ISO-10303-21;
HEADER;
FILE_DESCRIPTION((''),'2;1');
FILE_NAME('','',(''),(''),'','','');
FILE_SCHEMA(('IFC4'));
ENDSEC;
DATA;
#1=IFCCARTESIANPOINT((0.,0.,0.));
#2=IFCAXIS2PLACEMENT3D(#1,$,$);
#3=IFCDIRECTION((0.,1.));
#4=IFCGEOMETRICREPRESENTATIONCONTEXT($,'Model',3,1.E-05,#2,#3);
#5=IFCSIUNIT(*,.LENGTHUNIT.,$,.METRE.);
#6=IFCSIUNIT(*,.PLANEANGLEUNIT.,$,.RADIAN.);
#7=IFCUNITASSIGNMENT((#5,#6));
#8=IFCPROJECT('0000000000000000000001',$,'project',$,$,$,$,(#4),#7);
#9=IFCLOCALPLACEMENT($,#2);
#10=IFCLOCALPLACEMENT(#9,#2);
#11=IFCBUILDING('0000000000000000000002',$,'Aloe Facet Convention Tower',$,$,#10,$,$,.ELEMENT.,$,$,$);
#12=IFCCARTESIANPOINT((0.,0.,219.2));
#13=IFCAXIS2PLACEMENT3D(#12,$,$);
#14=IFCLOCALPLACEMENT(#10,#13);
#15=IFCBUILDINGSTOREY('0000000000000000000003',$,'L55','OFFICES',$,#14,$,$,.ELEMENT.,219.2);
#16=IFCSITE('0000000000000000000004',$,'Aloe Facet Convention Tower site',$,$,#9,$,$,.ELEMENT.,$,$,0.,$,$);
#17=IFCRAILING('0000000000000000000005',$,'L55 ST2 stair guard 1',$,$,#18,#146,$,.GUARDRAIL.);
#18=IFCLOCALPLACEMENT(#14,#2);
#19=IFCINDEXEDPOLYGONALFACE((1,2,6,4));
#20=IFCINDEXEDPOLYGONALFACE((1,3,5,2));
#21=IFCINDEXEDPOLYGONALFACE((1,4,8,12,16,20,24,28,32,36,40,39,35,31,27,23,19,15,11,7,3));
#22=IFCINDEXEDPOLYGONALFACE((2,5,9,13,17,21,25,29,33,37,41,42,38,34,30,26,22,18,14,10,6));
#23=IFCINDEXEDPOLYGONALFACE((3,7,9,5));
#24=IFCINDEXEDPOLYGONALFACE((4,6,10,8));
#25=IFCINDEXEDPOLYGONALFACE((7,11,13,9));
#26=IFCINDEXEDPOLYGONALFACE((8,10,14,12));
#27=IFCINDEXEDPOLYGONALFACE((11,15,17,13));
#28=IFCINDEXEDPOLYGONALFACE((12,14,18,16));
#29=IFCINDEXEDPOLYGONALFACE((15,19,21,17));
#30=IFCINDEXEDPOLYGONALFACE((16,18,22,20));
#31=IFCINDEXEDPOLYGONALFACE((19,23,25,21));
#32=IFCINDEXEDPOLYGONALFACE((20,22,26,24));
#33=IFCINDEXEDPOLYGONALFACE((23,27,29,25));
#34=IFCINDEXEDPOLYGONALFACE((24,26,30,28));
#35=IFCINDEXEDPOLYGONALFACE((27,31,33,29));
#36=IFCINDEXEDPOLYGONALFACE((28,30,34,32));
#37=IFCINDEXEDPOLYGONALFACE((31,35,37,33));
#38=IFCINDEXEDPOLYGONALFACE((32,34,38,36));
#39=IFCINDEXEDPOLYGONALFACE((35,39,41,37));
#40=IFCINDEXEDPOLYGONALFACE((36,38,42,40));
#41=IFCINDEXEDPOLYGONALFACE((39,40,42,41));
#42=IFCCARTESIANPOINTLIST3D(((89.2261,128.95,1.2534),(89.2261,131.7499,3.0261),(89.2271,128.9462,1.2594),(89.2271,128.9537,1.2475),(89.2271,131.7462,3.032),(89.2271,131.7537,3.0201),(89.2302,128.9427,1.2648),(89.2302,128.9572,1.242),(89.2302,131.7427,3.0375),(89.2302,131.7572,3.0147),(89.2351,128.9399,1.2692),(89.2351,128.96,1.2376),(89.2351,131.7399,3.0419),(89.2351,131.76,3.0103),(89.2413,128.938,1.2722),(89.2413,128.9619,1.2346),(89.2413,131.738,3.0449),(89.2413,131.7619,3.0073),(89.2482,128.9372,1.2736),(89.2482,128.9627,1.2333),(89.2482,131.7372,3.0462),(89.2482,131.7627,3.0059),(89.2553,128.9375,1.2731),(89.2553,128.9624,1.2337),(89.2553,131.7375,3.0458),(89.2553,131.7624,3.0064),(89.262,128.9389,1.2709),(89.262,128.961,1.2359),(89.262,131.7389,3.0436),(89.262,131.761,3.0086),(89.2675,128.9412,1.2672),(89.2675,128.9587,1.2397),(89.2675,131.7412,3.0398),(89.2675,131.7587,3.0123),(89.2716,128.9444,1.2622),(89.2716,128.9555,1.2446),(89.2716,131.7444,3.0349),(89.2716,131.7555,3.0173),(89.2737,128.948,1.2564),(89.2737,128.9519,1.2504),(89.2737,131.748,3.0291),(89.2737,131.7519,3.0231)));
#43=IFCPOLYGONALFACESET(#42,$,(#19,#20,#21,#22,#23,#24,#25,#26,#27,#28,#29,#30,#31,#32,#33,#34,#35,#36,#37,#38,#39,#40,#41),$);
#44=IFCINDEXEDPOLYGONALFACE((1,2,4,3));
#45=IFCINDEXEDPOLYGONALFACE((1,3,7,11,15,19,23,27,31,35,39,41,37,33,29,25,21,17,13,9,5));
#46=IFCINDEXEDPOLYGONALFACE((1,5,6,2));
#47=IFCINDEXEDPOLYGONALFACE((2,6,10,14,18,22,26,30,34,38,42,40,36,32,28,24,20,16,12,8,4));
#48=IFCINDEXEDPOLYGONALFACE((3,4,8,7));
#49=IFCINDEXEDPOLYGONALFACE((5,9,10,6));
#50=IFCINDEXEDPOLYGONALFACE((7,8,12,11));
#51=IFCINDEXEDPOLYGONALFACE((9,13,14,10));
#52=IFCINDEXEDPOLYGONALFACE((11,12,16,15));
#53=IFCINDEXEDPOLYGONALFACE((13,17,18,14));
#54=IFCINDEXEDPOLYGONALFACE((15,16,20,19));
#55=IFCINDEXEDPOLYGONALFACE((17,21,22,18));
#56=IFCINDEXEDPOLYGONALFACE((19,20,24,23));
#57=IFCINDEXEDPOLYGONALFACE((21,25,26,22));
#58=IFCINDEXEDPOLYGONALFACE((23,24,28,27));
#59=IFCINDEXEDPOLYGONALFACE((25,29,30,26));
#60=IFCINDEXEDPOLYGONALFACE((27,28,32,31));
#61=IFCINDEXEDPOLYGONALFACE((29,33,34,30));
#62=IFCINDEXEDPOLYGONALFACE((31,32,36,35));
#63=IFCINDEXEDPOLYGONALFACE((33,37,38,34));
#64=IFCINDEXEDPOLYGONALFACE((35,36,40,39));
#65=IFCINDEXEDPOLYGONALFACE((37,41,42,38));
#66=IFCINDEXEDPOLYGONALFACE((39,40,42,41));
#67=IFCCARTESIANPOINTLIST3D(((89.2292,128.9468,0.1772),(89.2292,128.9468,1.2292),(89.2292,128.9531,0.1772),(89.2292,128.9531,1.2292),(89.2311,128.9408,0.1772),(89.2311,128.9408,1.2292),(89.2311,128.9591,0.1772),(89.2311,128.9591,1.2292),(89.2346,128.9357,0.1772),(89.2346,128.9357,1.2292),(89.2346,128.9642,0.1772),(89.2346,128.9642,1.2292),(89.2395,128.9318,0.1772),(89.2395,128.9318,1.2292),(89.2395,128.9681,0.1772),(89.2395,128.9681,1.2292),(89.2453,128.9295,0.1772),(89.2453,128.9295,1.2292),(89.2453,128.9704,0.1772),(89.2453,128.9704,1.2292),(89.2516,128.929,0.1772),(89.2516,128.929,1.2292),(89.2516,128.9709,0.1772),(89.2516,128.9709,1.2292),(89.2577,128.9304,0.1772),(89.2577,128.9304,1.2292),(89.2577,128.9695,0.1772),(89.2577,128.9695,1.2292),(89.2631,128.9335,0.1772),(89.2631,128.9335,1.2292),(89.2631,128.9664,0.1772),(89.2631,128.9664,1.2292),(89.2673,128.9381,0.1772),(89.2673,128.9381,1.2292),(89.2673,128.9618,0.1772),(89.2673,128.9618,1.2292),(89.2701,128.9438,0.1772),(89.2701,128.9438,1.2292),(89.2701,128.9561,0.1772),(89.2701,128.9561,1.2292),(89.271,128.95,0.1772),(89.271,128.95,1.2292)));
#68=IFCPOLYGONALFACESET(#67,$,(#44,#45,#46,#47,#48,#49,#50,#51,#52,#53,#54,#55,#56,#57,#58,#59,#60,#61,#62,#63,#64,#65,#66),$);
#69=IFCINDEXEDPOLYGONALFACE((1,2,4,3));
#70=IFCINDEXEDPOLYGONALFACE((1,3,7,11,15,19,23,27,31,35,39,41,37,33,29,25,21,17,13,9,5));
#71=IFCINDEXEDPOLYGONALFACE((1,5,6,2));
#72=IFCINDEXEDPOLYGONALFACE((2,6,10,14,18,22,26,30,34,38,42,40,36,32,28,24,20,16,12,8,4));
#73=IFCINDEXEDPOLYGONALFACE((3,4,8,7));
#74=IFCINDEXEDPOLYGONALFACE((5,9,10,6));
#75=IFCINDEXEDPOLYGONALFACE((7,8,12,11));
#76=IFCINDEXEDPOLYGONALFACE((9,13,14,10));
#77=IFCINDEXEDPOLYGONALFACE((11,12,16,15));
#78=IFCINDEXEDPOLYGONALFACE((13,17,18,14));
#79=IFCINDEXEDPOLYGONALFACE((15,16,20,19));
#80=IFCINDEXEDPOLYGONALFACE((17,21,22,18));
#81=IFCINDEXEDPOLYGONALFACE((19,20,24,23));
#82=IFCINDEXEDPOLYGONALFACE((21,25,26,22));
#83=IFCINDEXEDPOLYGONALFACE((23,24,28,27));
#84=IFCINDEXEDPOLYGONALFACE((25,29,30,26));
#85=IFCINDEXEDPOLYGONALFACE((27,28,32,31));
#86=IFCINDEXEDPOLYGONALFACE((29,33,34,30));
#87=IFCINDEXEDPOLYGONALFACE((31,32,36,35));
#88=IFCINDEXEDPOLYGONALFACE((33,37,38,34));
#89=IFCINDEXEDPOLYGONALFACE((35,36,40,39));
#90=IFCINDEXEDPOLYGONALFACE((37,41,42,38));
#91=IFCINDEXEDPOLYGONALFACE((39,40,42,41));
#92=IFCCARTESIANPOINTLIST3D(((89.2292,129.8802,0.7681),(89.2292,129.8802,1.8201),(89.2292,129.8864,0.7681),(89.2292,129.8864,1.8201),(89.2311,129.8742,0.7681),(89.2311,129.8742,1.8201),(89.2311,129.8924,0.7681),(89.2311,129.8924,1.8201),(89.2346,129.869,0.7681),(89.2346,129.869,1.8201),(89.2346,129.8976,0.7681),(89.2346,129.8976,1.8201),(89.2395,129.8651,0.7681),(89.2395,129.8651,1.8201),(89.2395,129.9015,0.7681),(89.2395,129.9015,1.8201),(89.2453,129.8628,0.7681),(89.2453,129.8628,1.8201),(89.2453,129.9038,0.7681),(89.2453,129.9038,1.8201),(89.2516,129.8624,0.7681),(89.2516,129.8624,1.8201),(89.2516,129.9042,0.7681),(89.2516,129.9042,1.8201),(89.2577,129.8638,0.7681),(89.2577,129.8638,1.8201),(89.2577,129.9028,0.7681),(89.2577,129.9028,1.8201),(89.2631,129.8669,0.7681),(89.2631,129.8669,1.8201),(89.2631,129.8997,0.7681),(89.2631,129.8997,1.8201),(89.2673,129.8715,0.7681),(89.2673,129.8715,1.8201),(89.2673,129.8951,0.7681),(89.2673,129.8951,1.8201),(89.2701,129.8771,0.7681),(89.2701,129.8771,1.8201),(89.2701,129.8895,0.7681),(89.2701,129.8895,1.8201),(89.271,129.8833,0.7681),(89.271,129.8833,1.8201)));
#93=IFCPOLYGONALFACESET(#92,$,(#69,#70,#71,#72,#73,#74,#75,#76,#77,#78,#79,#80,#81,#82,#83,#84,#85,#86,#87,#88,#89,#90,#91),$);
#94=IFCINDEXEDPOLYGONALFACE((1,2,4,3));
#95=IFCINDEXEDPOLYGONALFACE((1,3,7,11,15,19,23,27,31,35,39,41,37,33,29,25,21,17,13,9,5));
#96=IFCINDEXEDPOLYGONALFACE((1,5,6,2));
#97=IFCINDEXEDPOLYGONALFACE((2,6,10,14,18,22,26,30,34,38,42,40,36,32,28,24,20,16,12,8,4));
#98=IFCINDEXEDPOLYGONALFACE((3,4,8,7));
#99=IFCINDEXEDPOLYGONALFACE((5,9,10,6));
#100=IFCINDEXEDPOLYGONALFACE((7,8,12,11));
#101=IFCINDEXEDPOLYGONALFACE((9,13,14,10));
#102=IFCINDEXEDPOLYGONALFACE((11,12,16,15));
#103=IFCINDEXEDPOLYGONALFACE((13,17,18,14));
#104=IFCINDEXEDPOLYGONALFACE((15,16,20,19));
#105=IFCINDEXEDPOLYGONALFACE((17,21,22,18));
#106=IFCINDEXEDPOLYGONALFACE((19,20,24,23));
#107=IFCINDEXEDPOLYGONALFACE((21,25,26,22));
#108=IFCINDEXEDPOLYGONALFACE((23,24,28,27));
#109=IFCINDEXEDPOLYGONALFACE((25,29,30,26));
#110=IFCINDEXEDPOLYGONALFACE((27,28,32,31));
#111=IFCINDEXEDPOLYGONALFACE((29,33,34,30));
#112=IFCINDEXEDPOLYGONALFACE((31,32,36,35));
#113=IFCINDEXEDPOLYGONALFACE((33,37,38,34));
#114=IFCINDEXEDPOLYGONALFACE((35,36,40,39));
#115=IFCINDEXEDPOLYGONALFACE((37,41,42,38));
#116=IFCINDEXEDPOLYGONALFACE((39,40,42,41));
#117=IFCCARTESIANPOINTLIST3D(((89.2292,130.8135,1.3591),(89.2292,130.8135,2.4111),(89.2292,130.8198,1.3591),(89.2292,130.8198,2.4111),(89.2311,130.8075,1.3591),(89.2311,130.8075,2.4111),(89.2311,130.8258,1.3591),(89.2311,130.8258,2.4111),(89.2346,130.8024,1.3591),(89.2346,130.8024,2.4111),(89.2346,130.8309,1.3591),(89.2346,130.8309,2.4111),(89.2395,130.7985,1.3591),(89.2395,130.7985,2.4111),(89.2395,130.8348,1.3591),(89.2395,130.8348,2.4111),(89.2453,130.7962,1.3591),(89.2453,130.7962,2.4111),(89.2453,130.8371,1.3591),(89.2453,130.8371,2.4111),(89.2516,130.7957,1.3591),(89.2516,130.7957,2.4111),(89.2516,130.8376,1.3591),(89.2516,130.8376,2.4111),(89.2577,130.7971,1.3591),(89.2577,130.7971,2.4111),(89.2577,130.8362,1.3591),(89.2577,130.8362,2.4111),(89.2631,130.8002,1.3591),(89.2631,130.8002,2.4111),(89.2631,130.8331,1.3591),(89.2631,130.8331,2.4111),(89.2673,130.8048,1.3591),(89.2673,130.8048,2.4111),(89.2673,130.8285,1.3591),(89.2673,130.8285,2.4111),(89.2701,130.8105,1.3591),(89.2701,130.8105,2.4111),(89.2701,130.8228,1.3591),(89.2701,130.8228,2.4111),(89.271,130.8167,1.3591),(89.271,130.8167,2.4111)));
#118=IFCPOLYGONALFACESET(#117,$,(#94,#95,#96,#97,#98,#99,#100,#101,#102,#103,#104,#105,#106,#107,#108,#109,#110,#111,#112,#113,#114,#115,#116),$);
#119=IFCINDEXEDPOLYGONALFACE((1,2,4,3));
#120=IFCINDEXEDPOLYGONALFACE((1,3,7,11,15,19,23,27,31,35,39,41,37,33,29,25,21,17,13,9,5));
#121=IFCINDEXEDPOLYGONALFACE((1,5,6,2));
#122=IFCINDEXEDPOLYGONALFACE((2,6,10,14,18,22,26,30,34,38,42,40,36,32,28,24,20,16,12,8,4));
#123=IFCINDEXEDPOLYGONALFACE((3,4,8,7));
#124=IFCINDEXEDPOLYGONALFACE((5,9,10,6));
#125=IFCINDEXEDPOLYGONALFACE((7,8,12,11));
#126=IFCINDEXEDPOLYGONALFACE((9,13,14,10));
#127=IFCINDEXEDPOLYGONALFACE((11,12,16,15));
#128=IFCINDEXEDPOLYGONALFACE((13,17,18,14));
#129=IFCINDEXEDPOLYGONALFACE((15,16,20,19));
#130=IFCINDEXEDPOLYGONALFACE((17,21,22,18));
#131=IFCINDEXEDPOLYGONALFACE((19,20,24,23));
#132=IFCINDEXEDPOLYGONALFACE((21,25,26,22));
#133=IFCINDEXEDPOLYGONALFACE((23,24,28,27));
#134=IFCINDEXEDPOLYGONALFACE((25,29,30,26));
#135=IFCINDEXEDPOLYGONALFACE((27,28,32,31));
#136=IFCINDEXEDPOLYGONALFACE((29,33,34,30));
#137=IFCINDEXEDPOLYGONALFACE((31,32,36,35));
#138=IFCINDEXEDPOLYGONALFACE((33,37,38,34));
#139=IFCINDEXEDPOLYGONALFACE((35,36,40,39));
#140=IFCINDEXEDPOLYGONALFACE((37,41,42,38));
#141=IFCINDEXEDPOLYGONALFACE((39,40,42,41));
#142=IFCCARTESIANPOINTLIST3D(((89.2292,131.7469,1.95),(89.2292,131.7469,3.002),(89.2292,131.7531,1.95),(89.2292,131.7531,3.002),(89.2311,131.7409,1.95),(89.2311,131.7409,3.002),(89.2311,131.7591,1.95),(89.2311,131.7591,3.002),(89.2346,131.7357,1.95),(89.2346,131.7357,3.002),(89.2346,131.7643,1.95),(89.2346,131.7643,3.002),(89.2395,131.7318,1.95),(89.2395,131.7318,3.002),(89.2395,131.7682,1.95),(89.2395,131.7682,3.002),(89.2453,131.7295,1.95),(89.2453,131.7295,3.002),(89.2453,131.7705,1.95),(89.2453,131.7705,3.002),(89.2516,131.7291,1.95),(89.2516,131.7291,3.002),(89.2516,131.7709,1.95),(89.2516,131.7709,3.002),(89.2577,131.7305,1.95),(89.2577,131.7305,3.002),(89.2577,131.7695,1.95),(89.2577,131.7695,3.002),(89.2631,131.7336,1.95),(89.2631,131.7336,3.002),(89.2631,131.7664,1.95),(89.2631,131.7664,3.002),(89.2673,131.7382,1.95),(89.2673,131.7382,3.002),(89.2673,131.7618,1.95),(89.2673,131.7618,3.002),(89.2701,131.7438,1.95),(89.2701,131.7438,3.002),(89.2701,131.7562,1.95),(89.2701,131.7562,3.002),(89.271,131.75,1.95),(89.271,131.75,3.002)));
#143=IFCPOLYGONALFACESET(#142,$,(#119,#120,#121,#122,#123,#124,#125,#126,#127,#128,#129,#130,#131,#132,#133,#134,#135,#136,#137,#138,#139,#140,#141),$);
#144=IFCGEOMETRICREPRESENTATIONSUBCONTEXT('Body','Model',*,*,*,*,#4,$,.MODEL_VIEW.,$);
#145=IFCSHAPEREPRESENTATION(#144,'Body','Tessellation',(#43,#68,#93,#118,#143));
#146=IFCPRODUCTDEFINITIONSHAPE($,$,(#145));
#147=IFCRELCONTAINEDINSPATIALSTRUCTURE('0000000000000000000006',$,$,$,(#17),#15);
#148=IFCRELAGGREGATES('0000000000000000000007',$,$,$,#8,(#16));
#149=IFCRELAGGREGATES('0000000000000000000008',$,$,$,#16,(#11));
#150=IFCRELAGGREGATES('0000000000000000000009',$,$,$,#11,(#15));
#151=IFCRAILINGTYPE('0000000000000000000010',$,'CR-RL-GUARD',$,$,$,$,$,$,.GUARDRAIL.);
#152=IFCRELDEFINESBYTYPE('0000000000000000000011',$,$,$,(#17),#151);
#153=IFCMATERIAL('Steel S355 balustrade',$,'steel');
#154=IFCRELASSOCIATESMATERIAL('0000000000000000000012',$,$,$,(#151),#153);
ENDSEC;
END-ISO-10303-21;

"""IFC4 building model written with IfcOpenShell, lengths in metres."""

from ifc_helpers import new_model, si_unit, direction, frame, origin, origin_2d, place, context, subcontext, project, spatial, circle, extrude, material, type_object, element, save


model = new_model("IFC4")

# Units and contexts
model_context = context("Model", 3, precision=1e-05, world=origin(), true_north=direction((0.0, 1.0)))
body_context = subcontext(model_context, "Body", "Model", "MODEL_VIEW")
ifc_project = project(units=[si_unit("LENGTHUNIT", "METRE"), si_unit("PLANEANGLEUNIT", "RADIAN")], contexts=[model_context])

# Site, building, storey
site_placement = place(None, origin())
site = spatial("IfcSite", under=ifc_project, at=site_placement, Name="Aloe Facet Convention Tower site", CompositionType="ELEMENT", RefElevation=0.0)
building_placement = place(site_placement, origin())
building = spatial("IfcBuilding", under=site, at=building_placement, Name="Aloe Facet Convention Tower", CompositionType="ELEMENT")
storey_placement = place(building_placement, frame((0.0, 0.0, 219.2)))
storey = spatial("IfcBuildingStorey", under=building, at=storey_placement, Name="L55", Description="OFFICES", CompositionType="ELEMENT", Elevation=219.2)

# Railing
ifc_material_1 = material(Name="Steel S355 balustrade", Category="steel")
railing_type_1 = type_object("IfcRailingType", Name="CR-RL-GUARD", PredefinedType="GUARDRAIL", material=ifc_material_1)
railing_1_placement = place(storey_placement, frame((89.25, 128.95, 0.1772)))
element("IfcRailing", 1, at=railing_1_placement, inside=storey, type_object=railing_type_1, Name="L55 ST2 stair guard 1", PredefinedType="GUARDRAIL", context=body_context, shape_type="SweptSolid", body=[
    extrude(circle(Radius=0.0239, at=origin_2d()), frame((0.0, 0.0, 1.0762), z_axis=(0.0, 0.844909, 0.53491), x_axis=(-1.0, 0.0, 0.0)), (0.0, 0.0, 1.0), 3.314),
    extrude(circle(Radius=0.021, at=origin_2d()), origin(), (0.0, 0.0, 1.0), 1.052),
    extrude(circle(Radius=0.021, at=origin_2d()), frame((0.0, 0.9333, 0.5908)), (0.0, 0.0, 1.0), 1.052),
    extrude(circle(Radius=0.021, at=origin_2d()), frame((0.0, 1.8667, 1.1819)), (0.0, 0.0, 1.0), 1.052),
    extrude(circle(Radius=0.021, at=origin_2d()), frame((0.0, 2.8, 1.7727)), (0.0, 0.0, 1.0), 1.052),
])

save(model, "model.ifc")
